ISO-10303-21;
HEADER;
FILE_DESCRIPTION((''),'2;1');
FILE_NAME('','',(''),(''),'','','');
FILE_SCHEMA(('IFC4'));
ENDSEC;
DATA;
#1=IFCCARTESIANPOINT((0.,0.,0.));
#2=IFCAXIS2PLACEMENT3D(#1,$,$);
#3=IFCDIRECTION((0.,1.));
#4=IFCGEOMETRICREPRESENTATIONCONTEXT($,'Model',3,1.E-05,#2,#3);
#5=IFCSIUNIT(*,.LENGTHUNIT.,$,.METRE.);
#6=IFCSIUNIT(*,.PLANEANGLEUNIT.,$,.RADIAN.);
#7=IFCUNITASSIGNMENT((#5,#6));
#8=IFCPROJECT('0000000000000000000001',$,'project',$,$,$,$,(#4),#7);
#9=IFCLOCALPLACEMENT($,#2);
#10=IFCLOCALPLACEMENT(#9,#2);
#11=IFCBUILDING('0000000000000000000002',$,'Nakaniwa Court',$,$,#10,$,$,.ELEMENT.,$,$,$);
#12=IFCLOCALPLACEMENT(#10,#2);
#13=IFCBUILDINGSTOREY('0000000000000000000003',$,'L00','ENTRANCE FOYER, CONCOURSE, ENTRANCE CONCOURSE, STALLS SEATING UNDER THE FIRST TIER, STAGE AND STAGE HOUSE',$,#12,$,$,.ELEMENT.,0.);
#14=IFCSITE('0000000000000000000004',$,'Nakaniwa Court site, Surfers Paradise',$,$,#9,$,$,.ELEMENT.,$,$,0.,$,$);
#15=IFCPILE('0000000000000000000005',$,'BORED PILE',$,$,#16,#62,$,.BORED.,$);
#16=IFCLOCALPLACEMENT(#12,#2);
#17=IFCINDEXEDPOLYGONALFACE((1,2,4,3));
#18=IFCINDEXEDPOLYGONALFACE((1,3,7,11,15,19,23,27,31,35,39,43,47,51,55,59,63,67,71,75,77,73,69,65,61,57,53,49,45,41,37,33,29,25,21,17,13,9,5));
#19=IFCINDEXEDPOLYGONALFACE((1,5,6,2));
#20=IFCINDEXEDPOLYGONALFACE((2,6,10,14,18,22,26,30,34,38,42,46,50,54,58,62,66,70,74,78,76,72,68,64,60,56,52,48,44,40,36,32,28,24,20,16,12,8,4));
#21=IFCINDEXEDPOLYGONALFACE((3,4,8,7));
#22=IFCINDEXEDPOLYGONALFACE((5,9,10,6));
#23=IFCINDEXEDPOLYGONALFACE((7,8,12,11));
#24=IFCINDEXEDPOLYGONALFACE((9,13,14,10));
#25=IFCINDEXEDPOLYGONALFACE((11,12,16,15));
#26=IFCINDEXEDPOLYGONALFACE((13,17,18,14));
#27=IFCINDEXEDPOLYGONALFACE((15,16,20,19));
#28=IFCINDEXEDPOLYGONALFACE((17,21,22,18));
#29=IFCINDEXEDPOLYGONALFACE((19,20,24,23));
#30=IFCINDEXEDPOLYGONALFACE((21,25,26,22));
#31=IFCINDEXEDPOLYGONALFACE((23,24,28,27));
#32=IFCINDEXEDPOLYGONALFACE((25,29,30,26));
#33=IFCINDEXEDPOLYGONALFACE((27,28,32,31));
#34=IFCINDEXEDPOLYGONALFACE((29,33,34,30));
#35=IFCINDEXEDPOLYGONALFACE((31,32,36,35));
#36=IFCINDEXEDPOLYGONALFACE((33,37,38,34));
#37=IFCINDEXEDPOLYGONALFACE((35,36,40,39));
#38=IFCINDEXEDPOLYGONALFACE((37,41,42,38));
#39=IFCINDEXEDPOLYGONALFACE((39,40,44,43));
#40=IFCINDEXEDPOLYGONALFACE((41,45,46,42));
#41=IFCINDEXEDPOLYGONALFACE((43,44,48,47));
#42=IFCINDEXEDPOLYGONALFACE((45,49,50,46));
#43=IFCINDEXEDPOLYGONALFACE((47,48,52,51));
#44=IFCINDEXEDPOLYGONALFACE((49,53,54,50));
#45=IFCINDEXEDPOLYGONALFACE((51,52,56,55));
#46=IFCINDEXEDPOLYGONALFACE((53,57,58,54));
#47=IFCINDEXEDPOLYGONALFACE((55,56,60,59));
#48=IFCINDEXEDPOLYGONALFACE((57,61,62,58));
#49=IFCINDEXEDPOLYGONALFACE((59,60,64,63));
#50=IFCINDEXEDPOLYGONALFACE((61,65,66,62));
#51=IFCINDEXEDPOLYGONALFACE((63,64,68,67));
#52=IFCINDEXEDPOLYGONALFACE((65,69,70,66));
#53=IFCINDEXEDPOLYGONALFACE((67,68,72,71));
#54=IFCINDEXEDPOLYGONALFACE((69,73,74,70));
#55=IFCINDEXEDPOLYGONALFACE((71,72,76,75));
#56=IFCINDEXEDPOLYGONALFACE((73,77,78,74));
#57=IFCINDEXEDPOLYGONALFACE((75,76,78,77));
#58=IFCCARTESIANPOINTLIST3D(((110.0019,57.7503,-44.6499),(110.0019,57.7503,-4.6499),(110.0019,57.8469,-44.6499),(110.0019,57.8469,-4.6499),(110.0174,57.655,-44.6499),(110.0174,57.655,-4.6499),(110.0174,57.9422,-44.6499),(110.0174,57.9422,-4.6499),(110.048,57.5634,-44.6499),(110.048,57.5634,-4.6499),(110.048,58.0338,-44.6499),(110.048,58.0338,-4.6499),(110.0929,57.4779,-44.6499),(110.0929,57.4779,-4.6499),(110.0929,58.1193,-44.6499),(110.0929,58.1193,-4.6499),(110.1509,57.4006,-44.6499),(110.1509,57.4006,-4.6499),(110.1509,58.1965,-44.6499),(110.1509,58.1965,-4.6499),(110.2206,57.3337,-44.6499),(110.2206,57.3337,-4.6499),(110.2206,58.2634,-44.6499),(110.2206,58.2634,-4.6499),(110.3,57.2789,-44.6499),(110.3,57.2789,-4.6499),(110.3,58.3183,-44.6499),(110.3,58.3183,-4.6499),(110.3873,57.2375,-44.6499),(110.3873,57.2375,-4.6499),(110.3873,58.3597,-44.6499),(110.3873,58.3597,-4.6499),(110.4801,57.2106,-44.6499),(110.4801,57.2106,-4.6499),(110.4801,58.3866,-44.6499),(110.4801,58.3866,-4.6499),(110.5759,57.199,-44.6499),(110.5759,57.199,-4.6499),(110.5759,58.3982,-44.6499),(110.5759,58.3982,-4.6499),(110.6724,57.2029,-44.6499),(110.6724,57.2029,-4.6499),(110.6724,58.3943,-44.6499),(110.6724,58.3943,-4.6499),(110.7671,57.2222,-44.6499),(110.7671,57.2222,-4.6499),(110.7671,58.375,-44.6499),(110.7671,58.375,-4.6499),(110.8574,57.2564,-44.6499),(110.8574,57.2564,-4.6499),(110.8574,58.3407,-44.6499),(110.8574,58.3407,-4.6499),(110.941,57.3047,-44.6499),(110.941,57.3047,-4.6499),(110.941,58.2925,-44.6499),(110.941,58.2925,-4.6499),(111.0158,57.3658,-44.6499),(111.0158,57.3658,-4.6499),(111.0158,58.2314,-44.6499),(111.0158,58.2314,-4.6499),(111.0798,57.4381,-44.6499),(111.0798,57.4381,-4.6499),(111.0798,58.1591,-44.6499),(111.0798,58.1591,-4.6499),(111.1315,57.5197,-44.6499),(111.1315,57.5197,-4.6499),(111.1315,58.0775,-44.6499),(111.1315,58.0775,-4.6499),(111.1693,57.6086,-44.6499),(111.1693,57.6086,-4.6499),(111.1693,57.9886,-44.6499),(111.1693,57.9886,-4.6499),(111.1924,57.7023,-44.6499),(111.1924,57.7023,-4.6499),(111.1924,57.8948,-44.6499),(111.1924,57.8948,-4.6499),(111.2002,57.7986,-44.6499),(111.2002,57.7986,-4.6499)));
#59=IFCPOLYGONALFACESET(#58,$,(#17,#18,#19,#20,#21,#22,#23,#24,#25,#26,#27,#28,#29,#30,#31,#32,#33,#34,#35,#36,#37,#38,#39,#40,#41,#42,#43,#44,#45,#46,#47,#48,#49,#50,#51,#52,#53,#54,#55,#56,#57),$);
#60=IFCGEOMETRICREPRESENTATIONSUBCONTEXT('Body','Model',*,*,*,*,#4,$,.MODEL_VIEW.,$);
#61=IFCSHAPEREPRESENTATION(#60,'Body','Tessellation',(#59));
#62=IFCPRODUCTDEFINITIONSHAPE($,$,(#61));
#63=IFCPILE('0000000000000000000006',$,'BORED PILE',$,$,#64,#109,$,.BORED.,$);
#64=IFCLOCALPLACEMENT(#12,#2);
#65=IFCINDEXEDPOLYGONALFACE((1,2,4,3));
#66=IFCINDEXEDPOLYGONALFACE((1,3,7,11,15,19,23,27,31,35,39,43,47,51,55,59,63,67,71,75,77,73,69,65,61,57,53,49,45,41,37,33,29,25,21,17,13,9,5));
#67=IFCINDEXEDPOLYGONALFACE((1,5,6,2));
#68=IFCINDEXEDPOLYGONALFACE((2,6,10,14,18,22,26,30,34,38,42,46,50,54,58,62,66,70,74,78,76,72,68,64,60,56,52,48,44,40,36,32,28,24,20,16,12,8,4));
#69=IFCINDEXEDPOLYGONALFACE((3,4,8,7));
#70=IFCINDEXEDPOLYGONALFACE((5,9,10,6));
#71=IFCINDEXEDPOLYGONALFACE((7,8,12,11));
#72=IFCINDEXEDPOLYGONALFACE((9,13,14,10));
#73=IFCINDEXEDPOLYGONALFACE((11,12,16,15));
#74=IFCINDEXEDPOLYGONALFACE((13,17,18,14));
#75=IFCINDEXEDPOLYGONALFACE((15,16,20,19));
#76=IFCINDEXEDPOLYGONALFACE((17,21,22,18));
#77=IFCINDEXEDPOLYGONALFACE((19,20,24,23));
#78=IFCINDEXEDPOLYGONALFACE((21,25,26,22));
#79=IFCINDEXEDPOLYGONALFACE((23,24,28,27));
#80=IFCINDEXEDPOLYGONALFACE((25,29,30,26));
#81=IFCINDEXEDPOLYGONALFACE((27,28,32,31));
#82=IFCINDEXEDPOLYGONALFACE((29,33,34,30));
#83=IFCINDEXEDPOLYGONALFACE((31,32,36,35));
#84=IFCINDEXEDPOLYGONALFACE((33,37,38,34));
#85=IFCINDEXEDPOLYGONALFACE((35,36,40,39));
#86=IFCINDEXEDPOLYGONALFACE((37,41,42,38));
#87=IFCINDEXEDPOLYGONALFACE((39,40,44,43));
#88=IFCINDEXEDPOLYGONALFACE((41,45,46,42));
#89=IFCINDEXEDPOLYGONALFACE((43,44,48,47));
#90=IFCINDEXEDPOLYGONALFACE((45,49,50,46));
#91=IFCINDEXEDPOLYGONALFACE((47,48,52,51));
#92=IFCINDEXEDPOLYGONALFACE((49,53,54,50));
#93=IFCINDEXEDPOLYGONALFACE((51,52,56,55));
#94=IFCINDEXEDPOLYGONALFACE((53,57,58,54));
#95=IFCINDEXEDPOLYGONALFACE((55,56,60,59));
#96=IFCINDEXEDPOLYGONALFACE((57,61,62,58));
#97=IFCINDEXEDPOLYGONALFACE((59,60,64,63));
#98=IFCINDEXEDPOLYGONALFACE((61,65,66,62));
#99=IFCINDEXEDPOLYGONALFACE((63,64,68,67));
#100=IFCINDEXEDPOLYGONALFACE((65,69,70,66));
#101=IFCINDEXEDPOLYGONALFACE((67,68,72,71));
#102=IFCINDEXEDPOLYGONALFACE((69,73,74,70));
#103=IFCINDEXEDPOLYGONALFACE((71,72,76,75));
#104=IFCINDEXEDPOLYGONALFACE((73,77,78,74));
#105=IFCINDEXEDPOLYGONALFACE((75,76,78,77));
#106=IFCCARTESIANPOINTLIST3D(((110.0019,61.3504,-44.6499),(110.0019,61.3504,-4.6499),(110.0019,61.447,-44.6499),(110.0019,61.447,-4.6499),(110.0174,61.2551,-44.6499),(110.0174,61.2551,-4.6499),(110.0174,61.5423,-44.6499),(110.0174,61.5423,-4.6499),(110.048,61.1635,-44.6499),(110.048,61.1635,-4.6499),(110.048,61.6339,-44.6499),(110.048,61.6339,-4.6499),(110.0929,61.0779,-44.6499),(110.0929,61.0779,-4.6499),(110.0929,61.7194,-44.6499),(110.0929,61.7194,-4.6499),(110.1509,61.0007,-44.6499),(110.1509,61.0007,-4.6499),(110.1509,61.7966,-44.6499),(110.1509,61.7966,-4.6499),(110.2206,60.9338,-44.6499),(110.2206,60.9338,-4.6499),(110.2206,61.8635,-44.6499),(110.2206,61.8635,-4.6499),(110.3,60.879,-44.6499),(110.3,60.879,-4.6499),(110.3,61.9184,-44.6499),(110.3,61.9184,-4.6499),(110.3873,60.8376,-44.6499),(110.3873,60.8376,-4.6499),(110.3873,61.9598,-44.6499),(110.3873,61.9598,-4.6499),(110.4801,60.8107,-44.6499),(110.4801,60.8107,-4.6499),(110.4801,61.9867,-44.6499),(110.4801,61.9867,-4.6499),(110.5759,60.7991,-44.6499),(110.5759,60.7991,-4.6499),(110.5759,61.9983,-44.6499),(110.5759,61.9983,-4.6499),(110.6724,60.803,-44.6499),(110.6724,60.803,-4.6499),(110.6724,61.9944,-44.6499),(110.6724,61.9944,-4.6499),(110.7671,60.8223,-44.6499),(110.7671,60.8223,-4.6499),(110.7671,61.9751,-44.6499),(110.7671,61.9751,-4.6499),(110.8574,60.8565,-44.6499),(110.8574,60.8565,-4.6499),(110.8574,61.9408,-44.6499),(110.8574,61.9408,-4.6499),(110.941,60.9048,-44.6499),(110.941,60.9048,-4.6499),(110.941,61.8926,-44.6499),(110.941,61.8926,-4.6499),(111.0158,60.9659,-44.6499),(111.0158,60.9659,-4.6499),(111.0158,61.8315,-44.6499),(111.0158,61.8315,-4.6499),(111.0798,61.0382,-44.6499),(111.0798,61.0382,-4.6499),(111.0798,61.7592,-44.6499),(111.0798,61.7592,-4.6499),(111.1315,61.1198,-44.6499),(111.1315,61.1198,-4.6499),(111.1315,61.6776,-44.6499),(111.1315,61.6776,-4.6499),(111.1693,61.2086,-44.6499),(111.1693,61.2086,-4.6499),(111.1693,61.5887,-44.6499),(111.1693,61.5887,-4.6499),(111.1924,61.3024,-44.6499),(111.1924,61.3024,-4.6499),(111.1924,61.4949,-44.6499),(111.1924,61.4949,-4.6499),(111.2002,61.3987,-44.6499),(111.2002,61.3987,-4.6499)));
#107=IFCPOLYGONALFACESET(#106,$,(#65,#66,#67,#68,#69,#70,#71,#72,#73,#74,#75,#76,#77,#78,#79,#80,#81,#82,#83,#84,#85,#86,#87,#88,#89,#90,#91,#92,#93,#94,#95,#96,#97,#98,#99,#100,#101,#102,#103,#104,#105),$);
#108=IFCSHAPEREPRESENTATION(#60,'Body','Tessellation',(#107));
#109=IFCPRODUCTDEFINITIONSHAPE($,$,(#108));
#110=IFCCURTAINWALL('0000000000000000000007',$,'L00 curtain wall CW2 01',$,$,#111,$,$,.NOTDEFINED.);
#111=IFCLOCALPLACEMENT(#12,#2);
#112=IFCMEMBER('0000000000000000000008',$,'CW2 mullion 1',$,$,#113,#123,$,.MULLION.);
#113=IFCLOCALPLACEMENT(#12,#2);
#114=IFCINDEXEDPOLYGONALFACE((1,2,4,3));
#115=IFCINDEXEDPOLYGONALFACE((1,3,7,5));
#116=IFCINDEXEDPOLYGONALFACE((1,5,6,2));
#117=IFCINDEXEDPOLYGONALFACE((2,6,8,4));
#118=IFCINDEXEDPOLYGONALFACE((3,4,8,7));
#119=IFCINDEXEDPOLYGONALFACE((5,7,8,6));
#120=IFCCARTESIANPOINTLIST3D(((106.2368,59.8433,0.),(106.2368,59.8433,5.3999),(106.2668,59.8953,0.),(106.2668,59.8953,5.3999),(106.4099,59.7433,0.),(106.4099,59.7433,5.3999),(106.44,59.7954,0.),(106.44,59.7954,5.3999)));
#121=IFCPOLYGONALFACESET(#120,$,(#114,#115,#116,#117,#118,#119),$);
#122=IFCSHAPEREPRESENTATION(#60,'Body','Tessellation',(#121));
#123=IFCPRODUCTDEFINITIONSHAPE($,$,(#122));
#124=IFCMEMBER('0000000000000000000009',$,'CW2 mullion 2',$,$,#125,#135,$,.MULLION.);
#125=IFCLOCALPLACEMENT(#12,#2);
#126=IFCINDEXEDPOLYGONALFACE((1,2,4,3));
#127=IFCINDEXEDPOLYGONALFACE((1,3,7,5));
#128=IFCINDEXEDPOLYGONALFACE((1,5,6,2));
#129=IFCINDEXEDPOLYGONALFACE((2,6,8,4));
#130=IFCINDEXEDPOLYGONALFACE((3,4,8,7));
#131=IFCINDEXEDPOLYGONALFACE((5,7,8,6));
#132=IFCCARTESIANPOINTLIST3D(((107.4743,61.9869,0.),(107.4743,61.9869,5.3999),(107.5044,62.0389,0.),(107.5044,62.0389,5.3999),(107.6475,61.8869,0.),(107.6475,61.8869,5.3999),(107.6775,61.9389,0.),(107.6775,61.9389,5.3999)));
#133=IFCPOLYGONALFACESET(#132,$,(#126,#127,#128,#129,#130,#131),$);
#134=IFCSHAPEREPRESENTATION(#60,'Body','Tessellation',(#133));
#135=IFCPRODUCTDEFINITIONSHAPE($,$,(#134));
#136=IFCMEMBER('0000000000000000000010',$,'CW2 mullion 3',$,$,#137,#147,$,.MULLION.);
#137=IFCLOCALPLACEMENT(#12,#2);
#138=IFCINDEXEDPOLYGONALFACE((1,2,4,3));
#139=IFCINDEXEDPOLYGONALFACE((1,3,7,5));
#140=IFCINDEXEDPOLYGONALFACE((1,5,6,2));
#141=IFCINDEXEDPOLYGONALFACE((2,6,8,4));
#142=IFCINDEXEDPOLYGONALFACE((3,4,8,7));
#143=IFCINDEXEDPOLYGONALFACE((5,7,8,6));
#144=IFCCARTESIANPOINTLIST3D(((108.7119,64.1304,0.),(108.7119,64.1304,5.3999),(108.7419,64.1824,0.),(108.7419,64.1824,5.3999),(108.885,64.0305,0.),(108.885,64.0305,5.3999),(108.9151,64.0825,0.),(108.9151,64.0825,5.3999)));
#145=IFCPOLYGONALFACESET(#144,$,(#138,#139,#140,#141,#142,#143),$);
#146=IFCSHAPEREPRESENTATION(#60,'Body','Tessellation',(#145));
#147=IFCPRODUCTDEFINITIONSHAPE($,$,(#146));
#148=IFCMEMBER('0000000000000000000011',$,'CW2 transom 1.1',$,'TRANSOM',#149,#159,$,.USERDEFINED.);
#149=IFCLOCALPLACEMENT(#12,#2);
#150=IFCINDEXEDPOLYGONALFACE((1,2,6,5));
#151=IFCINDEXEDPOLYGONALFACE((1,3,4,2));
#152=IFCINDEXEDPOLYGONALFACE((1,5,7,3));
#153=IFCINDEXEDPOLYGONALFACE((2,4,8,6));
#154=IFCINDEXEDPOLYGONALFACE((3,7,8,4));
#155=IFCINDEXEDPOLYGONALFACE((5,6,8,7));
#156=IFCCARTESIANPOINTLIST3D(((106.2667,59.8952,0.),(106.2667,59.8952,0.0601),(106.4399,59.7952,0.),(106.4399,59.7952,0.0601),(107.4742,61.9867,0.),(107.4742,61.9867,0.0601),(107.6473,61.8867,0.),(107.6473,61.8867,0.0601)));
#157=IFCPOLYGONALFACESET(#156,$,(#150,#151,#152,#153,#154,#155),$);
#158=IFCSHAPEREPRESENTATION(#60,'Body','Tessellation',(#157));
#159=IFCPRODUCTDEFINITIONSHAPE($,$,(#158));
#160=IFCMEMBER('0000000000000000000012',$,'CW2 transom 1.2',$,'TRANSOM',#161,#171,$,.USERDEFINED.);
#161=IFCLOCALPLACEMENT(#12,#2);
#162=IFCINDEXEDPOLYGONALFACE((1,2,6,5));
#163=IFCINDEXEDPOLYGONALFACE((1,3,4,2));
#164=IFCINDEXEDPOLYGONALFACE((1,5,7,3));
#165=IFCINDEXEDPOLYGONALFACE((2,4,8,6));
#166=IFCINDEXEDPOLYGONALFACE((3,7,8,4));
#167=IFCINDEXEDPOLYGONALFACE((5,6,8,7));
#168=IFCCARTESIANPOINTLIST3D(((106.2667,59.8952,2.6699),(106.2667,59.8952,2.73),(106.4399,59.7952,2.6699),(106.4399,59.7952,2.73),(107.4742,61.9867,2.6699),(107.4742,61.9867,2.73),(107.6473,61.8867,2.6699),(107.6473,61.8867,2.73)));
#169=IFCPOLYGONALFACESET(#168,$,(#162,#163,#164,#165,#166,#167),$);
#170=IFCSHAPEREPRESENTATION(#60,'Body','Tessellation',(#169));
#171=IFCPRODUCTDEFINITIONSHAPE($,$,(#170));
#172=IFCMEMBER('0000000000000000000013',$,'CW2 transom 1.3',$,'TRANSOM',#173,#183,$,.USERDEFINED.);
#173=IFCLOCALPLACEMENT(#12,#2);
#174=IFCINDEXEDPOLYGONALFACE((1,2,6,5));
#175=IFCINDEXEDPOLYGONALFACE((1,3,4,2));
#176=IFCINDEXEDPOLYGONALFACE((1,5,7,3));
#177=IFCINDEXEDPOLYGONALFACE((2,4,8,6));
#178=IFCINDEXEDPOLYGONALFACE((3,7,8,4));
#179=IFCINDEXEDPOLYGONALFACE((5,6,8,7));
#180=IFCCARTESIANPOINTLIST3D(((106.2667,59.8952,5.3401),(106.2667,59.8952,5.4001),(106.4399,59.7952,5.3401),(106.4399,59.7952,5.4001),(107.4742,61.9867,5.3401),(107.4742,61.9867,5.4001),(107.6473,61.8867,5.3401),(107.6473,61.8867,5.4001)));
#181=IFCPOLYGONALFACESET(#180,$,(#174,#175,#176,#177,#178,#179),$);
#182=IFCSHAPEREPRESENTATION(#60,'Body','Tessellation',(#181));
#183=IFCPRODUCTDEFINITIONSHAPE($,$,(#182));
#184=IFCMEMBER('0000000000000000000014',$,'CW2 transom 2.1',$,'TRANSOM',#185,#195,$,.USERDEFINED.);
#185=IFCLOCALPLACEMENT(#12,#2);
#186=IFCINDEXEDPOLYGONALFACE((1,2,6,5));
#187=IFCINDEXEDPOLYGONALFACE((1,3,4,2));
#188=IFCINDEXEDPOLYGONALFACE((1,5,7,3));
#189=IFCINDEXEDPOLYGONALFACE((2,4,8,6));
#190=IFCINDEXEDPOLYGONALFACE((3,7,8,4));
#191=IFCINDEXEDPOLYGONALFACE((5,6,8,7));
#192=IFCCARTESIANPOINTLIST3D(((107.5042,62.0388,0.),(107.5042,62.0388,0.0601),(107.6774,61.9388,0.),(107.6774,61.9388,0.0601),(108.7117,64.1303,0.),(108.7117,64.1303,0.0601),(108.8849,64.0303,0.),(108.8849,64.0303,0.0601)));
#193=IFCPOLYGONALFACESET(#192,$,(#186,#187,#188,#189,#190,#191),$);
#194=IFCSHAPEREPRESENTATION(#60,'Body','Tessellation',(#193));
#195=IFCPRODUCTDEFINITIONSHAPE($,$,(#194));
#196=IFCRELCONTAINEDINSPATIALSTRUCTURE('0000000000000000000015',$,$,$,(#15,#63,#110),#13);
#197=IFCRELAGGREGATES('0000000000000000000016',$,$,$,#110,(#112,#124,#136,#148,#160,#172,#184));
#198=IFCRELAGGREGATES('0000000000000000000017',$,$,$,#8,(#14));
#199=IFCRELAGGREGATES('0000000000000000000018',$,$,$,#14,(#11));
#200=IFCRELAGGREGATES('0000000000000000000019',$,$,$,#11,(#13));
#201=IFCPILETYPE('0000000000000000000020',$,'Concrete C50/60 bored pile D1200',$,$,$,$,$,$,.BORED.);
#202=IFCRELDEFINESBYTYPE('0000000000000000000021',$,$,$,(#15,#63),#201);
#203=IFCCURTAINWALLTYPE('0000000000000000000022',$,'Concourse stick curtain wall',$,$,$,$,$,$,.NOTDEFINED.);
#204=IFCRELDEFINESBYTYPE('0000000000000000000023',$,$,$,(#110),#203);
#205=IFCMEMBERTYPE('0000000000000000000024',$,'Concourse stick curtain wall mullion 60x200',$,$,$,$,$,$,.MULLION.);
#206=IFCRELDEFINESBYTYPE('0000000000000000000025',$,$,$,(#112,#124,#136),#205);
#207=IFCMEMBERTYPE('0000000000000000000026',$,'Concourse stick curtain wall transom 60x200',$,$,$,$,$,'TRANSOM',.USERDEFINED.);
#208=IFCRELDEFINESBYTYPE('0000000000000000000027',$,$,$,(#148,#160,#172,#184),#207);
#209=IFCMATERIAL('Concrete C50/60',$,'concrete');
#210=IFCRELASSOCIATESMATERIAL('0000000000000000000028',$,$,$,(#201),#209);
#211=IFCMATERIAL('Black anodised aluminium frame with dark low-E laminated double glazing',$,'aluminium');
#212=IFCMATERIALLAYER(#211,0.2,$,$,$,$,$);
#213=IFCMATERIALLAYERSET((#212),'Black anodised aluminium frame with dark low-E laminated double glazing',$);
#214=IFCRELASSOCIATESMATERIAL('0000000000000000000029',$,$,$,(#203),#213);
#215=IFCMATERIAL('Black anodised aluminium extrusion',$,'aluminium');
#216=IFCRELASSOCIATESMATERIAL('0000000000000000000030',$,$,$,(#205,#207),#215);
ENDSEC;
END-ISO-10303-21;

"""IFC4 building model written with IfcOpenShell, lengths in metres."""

from ifc_helpers import new_model, si_unit, direction, frame, origin, origin_2d, place, context, subcontext, project, spatial, rectangle, circle, extrude, material, layer, layer_set, material_profile, profile_set, type_object, element, aggregate, save


model = new_model("IFC4")

# Units and contexts
model_context = context("Model", 3, precision=1e-05, world=origin(), true_north=direction((0.0, 1.0)))
body_context = subcontext(model_context, "Body", "Model", "MODEL_VIEW")
ifc_project = project(units=[si_unit("LENGTHUNIT", "METRE"), si_unit("PLANEANGLEUNIT", "RADIAN")], contexts=[model_context])

# Site, building, storey
site_placement = place(None, origin())
site = spatial("IfcSite", under=ifc_project, at=site_placement, Name="Nakaniwa Court site, Surfers Paradise", CompositionType="ELEMENT", RefElevation=0.0)
building_placement = place(site_placement, origin())
building = spatial("IfcBuilding", under=site, at=building_placement, Name="Nakaniwa Court", CompositionType="ELEMENT")
storey_placement = place(building_placement, origin())
storey = spatial("IfcBuildingStorey", under=building, at=storey_placement, Name="L00", Description="ENTRANCE FOYER, CONCOURSE, ENTRANCE CONCOURSE, STALLS SEATING UNDER THE FIRST TIER, STAGE AND STAGE HOUSE", CompositionType="ELEMENT", Elevation=0.0)

# Piles
ifc_material_1 = material(Name="Concrete C50/60", Category="concrete")
ifc_material_profile_1 = material_profile(ifc_material_1, circle(Radius=0.6001, at=origin_2d()), Name="Concrete C50/60 bored pile D1200")
ifc_profile_set_1 = profile_set([ifc_material_profile_1], Name="Concrete C50/60")
pile_type = type_object("IfcPileType", Name="Concrete C50/60 bored pile D1200", PredefinedType="BORED", material=ifc_profile_set_1)
for number, where, z_axis, x_axis, name in (
    (1, (110.6001, 57.7986, -4.6499), (0.0, 0.0, -1.0), (1.0, 0.0, 0.0), "BORED PILE"),
    (2, (110.6001, 61.3987, -4.6499), (0.0, 0.0, -1.0), (1.0, 0.0, 0.0), "BORED PILE"),
):
    element("IfcPile", number, at=place(storey_placement, frame(where, z_axis=z_axis, x_axis=x_axis)), inside=storey, type_object=pile_type, Name=name, PredefinedType="BORED", context=body_context, shape_type="SweptSolid", body=[
        extrude(circle(Radius=0.6001, at=origin_2d()), origin(), (0.0, 0.0, 1.0), 40.0),
    ])

# Curtain wall, members
ifc_material_2 = material(Name="Black anodised aluminium frame with dark low-E laminated double glazing", Category="aluminium")
ifc_layer_1 = layer(ifc_material_2, 0.2)
ifc_layer_set_1 = layer_set([ifc_layer_1], Name="Black anodised aluminium frame with dark low-E laminated double glazing")
curtain_wall_type = type_object("IfcCurtainWallType", Name="Concourse stick curtain wall", PredefinedType="NOTDEFINED", material=ifc_layer_set_1)
curtain_wall_placement = place(storey_placement, origin())
curtain_wall = element("IfcCurtainWall", 3, at=curtain_wall_placement, inside=storey, type_object=curtain_wall_type, Name="L00 curtain wall CW2 01", PredefinedType="NOTDEFINED")
ifc_material_3 = material(Name="Black anodised aluminium extrusion", Category="aluminium")
ifc_material_profile_2 = material_profile(ifc_material_3, rectangle(XDim=0.2, YDim=0.0601, at=origin_2d()), Name="Concourse stick curtain wall mullion 60x200")
ifc_profile_set_2 = profile_set([ifc_material_profile_2], Name="Black anodised aluminium extrusion")
member_type_1 = type_object("IfcMemberType", Name="Concourse stick curtain wall mullion 60x200", PredefinedType="MULLION", material=ifc_profile_set_2)
member_1_placement = place(storey_placement, frame((106.3384, 59.8193, 0.0), z_axis=(0.0, 0.0, 1.0), x_axis=(-0.866032, 0.499988, 0.0)))
member_1 = element("IfcMember", 4, at=member_1_placement, type_object=member_type_1, Name="CW2 mullion 1", PredefinedType="MULLION", context=body_context, shape_type="SweptSolid", body=[
    extrude(rectangle(XDim=0.2, YDim=0.0601, at=origin_2d()), origin(), (0.0, 0.0, 1.0), 5.3999),
])
member_2_placement = place(storey_placement, frame((107.5759, 61.9629, 0.0), z_axis=(0.0, 0.0, 1.0), x_axis=(-0.866032, 0.499988, 0.0)))
member_2 = element("IfcMember", 5, at=member_2_placement, type_object=member_type_1, Name="CW2 mullion 2", PredefinedType="MULLION", context=body_context, shape_type="SweptSolid", body=[
    extrude(rectangle(XDim=0.2, YDim=0.0601, at=origin_2d()), origin(), (0.0, 0.0, 1.0), 5.3999),
])
member_3_placement = place(storey_placement, frame((108.8135, 64.1064, 0.0), z_axis=(0.0, 0.0, 1.0), x_axis=(-0.866032, 0.499988, 0.0)))
member_3 = element("IfcMember", 6, at=member_3_placement, type_object=member_type_1, Name="CW2 mullion 3", PredefinedType="MULLION", context=body_context, shape_type="SweptSolid", body=[
    extrude(rectangle(XDim=0.2, YDim=0.0601, at=origin_2d()), origin(), (0.0, 0.0, 1.0), 5.3999),
])
ifc_material_profile_3 = material_profile(ifc_material_3, rectangle(XDim=0.2, YDim=0.0601, at=origin_2d()), Name="Concourse stick curtain wall transom 60x200")
ifc_profile_set_3 = profile_set([ifc_material_profile_3], Name="Black anodised aluminium extrusion")
member_type_2 = type_object("IfcMemberType", Name="Concourse stick curtain wall transom 60x200", ElementType="TRANSOM", PredefinedType="USERDEFINED", material=ifc_profile_set_3)
member_4_placement = place(storey_placement, frame((106.3533, 59.8452, 0.03), z_axis=(0.499988, 0.866032, 0.0), x_axis=(-0.866032, 0.499988, 0.0)))
member_4 = element("IfcMember", 7, at=member_4_placement, type_object=member_type_2, Name="CW2 transom 1.1", ObjectType="TRANSOM", PredefinedType="USERDEFINED", context=body_context, shape_type="SweptSolid", body=[
    extrude(rectangle(XDim=0.2, YDim=0.0601, at=origin_2d()), origin(), (0.0, 0.0, 1.0), 2.415),
])
member_5_placement = place(storey_placement, frame((106.3533, 59.8452, 2.7), z_axis=(0.499988, 0.866032, 0.0), x_axis=(-0.866032, 0.499988, 0.0)))
member_5 = element("IfcMember", 8, at=member_5_placement, type_object=member_type_2, Name="CW2 transom 1.2", ObjectType="TRANSOM", PredefinedType="USERDEFINED", context=body_context, shape_type="SweptSolid", body=[
    extrude(rectangle(XDim=0.2, YDim=0.0601, at=origin_2d()), origin(), (0.0, 0.0, 1.0), 2.415),
])
member_6_placement = place(storey_placement, frame((106.3533, 59.8452, 5.3701), z_axis=(0.499988, 0.866032, 0.0), x_axis=(-0.866032, 0.499988, 0.0)))
member_6 = element("IfcMember", 9, at=member_6_placement, type_object=member_type_2, Name="CW2 transom 1.3", ObjectType="TRANSOM", PredefinedType="USERDEFINED", context=body_context, shape_type="SweptSolid", body=[
    extrude(rectangle(XDim=0.2, YDim=0.0601, at=origin_2d()), origin(), (0.0, 0.0, 1.0), 2.415),
])
member_7_placement = place(storey_placement, frame((107.5908, 61.9888, 0.03), z_axis=(0.499988, 0.866032, 0.0), x_axis=(-0.866032, 0.499988, 0.0)))
member_7 = element("IfcMember", 10, at=member_7_placement, type_object=member_type_2, Name="CW2 transom 2.1", ObjectType="TRANSOM", PredefinedType="USERDEFINED", context=body_context, shape_type="SweptSolid", body=[
    extrude(rectangle(XDim=0.2, YDim=0.0601, at=origin_2d()), origin(), (0.0, 0.0, 1.0), 2.415),
])
aggregate(curtain_wall, [member_1, member_2, member_3, member_4, member_5, member_6, member_7])

save(model, "model.ifc")
